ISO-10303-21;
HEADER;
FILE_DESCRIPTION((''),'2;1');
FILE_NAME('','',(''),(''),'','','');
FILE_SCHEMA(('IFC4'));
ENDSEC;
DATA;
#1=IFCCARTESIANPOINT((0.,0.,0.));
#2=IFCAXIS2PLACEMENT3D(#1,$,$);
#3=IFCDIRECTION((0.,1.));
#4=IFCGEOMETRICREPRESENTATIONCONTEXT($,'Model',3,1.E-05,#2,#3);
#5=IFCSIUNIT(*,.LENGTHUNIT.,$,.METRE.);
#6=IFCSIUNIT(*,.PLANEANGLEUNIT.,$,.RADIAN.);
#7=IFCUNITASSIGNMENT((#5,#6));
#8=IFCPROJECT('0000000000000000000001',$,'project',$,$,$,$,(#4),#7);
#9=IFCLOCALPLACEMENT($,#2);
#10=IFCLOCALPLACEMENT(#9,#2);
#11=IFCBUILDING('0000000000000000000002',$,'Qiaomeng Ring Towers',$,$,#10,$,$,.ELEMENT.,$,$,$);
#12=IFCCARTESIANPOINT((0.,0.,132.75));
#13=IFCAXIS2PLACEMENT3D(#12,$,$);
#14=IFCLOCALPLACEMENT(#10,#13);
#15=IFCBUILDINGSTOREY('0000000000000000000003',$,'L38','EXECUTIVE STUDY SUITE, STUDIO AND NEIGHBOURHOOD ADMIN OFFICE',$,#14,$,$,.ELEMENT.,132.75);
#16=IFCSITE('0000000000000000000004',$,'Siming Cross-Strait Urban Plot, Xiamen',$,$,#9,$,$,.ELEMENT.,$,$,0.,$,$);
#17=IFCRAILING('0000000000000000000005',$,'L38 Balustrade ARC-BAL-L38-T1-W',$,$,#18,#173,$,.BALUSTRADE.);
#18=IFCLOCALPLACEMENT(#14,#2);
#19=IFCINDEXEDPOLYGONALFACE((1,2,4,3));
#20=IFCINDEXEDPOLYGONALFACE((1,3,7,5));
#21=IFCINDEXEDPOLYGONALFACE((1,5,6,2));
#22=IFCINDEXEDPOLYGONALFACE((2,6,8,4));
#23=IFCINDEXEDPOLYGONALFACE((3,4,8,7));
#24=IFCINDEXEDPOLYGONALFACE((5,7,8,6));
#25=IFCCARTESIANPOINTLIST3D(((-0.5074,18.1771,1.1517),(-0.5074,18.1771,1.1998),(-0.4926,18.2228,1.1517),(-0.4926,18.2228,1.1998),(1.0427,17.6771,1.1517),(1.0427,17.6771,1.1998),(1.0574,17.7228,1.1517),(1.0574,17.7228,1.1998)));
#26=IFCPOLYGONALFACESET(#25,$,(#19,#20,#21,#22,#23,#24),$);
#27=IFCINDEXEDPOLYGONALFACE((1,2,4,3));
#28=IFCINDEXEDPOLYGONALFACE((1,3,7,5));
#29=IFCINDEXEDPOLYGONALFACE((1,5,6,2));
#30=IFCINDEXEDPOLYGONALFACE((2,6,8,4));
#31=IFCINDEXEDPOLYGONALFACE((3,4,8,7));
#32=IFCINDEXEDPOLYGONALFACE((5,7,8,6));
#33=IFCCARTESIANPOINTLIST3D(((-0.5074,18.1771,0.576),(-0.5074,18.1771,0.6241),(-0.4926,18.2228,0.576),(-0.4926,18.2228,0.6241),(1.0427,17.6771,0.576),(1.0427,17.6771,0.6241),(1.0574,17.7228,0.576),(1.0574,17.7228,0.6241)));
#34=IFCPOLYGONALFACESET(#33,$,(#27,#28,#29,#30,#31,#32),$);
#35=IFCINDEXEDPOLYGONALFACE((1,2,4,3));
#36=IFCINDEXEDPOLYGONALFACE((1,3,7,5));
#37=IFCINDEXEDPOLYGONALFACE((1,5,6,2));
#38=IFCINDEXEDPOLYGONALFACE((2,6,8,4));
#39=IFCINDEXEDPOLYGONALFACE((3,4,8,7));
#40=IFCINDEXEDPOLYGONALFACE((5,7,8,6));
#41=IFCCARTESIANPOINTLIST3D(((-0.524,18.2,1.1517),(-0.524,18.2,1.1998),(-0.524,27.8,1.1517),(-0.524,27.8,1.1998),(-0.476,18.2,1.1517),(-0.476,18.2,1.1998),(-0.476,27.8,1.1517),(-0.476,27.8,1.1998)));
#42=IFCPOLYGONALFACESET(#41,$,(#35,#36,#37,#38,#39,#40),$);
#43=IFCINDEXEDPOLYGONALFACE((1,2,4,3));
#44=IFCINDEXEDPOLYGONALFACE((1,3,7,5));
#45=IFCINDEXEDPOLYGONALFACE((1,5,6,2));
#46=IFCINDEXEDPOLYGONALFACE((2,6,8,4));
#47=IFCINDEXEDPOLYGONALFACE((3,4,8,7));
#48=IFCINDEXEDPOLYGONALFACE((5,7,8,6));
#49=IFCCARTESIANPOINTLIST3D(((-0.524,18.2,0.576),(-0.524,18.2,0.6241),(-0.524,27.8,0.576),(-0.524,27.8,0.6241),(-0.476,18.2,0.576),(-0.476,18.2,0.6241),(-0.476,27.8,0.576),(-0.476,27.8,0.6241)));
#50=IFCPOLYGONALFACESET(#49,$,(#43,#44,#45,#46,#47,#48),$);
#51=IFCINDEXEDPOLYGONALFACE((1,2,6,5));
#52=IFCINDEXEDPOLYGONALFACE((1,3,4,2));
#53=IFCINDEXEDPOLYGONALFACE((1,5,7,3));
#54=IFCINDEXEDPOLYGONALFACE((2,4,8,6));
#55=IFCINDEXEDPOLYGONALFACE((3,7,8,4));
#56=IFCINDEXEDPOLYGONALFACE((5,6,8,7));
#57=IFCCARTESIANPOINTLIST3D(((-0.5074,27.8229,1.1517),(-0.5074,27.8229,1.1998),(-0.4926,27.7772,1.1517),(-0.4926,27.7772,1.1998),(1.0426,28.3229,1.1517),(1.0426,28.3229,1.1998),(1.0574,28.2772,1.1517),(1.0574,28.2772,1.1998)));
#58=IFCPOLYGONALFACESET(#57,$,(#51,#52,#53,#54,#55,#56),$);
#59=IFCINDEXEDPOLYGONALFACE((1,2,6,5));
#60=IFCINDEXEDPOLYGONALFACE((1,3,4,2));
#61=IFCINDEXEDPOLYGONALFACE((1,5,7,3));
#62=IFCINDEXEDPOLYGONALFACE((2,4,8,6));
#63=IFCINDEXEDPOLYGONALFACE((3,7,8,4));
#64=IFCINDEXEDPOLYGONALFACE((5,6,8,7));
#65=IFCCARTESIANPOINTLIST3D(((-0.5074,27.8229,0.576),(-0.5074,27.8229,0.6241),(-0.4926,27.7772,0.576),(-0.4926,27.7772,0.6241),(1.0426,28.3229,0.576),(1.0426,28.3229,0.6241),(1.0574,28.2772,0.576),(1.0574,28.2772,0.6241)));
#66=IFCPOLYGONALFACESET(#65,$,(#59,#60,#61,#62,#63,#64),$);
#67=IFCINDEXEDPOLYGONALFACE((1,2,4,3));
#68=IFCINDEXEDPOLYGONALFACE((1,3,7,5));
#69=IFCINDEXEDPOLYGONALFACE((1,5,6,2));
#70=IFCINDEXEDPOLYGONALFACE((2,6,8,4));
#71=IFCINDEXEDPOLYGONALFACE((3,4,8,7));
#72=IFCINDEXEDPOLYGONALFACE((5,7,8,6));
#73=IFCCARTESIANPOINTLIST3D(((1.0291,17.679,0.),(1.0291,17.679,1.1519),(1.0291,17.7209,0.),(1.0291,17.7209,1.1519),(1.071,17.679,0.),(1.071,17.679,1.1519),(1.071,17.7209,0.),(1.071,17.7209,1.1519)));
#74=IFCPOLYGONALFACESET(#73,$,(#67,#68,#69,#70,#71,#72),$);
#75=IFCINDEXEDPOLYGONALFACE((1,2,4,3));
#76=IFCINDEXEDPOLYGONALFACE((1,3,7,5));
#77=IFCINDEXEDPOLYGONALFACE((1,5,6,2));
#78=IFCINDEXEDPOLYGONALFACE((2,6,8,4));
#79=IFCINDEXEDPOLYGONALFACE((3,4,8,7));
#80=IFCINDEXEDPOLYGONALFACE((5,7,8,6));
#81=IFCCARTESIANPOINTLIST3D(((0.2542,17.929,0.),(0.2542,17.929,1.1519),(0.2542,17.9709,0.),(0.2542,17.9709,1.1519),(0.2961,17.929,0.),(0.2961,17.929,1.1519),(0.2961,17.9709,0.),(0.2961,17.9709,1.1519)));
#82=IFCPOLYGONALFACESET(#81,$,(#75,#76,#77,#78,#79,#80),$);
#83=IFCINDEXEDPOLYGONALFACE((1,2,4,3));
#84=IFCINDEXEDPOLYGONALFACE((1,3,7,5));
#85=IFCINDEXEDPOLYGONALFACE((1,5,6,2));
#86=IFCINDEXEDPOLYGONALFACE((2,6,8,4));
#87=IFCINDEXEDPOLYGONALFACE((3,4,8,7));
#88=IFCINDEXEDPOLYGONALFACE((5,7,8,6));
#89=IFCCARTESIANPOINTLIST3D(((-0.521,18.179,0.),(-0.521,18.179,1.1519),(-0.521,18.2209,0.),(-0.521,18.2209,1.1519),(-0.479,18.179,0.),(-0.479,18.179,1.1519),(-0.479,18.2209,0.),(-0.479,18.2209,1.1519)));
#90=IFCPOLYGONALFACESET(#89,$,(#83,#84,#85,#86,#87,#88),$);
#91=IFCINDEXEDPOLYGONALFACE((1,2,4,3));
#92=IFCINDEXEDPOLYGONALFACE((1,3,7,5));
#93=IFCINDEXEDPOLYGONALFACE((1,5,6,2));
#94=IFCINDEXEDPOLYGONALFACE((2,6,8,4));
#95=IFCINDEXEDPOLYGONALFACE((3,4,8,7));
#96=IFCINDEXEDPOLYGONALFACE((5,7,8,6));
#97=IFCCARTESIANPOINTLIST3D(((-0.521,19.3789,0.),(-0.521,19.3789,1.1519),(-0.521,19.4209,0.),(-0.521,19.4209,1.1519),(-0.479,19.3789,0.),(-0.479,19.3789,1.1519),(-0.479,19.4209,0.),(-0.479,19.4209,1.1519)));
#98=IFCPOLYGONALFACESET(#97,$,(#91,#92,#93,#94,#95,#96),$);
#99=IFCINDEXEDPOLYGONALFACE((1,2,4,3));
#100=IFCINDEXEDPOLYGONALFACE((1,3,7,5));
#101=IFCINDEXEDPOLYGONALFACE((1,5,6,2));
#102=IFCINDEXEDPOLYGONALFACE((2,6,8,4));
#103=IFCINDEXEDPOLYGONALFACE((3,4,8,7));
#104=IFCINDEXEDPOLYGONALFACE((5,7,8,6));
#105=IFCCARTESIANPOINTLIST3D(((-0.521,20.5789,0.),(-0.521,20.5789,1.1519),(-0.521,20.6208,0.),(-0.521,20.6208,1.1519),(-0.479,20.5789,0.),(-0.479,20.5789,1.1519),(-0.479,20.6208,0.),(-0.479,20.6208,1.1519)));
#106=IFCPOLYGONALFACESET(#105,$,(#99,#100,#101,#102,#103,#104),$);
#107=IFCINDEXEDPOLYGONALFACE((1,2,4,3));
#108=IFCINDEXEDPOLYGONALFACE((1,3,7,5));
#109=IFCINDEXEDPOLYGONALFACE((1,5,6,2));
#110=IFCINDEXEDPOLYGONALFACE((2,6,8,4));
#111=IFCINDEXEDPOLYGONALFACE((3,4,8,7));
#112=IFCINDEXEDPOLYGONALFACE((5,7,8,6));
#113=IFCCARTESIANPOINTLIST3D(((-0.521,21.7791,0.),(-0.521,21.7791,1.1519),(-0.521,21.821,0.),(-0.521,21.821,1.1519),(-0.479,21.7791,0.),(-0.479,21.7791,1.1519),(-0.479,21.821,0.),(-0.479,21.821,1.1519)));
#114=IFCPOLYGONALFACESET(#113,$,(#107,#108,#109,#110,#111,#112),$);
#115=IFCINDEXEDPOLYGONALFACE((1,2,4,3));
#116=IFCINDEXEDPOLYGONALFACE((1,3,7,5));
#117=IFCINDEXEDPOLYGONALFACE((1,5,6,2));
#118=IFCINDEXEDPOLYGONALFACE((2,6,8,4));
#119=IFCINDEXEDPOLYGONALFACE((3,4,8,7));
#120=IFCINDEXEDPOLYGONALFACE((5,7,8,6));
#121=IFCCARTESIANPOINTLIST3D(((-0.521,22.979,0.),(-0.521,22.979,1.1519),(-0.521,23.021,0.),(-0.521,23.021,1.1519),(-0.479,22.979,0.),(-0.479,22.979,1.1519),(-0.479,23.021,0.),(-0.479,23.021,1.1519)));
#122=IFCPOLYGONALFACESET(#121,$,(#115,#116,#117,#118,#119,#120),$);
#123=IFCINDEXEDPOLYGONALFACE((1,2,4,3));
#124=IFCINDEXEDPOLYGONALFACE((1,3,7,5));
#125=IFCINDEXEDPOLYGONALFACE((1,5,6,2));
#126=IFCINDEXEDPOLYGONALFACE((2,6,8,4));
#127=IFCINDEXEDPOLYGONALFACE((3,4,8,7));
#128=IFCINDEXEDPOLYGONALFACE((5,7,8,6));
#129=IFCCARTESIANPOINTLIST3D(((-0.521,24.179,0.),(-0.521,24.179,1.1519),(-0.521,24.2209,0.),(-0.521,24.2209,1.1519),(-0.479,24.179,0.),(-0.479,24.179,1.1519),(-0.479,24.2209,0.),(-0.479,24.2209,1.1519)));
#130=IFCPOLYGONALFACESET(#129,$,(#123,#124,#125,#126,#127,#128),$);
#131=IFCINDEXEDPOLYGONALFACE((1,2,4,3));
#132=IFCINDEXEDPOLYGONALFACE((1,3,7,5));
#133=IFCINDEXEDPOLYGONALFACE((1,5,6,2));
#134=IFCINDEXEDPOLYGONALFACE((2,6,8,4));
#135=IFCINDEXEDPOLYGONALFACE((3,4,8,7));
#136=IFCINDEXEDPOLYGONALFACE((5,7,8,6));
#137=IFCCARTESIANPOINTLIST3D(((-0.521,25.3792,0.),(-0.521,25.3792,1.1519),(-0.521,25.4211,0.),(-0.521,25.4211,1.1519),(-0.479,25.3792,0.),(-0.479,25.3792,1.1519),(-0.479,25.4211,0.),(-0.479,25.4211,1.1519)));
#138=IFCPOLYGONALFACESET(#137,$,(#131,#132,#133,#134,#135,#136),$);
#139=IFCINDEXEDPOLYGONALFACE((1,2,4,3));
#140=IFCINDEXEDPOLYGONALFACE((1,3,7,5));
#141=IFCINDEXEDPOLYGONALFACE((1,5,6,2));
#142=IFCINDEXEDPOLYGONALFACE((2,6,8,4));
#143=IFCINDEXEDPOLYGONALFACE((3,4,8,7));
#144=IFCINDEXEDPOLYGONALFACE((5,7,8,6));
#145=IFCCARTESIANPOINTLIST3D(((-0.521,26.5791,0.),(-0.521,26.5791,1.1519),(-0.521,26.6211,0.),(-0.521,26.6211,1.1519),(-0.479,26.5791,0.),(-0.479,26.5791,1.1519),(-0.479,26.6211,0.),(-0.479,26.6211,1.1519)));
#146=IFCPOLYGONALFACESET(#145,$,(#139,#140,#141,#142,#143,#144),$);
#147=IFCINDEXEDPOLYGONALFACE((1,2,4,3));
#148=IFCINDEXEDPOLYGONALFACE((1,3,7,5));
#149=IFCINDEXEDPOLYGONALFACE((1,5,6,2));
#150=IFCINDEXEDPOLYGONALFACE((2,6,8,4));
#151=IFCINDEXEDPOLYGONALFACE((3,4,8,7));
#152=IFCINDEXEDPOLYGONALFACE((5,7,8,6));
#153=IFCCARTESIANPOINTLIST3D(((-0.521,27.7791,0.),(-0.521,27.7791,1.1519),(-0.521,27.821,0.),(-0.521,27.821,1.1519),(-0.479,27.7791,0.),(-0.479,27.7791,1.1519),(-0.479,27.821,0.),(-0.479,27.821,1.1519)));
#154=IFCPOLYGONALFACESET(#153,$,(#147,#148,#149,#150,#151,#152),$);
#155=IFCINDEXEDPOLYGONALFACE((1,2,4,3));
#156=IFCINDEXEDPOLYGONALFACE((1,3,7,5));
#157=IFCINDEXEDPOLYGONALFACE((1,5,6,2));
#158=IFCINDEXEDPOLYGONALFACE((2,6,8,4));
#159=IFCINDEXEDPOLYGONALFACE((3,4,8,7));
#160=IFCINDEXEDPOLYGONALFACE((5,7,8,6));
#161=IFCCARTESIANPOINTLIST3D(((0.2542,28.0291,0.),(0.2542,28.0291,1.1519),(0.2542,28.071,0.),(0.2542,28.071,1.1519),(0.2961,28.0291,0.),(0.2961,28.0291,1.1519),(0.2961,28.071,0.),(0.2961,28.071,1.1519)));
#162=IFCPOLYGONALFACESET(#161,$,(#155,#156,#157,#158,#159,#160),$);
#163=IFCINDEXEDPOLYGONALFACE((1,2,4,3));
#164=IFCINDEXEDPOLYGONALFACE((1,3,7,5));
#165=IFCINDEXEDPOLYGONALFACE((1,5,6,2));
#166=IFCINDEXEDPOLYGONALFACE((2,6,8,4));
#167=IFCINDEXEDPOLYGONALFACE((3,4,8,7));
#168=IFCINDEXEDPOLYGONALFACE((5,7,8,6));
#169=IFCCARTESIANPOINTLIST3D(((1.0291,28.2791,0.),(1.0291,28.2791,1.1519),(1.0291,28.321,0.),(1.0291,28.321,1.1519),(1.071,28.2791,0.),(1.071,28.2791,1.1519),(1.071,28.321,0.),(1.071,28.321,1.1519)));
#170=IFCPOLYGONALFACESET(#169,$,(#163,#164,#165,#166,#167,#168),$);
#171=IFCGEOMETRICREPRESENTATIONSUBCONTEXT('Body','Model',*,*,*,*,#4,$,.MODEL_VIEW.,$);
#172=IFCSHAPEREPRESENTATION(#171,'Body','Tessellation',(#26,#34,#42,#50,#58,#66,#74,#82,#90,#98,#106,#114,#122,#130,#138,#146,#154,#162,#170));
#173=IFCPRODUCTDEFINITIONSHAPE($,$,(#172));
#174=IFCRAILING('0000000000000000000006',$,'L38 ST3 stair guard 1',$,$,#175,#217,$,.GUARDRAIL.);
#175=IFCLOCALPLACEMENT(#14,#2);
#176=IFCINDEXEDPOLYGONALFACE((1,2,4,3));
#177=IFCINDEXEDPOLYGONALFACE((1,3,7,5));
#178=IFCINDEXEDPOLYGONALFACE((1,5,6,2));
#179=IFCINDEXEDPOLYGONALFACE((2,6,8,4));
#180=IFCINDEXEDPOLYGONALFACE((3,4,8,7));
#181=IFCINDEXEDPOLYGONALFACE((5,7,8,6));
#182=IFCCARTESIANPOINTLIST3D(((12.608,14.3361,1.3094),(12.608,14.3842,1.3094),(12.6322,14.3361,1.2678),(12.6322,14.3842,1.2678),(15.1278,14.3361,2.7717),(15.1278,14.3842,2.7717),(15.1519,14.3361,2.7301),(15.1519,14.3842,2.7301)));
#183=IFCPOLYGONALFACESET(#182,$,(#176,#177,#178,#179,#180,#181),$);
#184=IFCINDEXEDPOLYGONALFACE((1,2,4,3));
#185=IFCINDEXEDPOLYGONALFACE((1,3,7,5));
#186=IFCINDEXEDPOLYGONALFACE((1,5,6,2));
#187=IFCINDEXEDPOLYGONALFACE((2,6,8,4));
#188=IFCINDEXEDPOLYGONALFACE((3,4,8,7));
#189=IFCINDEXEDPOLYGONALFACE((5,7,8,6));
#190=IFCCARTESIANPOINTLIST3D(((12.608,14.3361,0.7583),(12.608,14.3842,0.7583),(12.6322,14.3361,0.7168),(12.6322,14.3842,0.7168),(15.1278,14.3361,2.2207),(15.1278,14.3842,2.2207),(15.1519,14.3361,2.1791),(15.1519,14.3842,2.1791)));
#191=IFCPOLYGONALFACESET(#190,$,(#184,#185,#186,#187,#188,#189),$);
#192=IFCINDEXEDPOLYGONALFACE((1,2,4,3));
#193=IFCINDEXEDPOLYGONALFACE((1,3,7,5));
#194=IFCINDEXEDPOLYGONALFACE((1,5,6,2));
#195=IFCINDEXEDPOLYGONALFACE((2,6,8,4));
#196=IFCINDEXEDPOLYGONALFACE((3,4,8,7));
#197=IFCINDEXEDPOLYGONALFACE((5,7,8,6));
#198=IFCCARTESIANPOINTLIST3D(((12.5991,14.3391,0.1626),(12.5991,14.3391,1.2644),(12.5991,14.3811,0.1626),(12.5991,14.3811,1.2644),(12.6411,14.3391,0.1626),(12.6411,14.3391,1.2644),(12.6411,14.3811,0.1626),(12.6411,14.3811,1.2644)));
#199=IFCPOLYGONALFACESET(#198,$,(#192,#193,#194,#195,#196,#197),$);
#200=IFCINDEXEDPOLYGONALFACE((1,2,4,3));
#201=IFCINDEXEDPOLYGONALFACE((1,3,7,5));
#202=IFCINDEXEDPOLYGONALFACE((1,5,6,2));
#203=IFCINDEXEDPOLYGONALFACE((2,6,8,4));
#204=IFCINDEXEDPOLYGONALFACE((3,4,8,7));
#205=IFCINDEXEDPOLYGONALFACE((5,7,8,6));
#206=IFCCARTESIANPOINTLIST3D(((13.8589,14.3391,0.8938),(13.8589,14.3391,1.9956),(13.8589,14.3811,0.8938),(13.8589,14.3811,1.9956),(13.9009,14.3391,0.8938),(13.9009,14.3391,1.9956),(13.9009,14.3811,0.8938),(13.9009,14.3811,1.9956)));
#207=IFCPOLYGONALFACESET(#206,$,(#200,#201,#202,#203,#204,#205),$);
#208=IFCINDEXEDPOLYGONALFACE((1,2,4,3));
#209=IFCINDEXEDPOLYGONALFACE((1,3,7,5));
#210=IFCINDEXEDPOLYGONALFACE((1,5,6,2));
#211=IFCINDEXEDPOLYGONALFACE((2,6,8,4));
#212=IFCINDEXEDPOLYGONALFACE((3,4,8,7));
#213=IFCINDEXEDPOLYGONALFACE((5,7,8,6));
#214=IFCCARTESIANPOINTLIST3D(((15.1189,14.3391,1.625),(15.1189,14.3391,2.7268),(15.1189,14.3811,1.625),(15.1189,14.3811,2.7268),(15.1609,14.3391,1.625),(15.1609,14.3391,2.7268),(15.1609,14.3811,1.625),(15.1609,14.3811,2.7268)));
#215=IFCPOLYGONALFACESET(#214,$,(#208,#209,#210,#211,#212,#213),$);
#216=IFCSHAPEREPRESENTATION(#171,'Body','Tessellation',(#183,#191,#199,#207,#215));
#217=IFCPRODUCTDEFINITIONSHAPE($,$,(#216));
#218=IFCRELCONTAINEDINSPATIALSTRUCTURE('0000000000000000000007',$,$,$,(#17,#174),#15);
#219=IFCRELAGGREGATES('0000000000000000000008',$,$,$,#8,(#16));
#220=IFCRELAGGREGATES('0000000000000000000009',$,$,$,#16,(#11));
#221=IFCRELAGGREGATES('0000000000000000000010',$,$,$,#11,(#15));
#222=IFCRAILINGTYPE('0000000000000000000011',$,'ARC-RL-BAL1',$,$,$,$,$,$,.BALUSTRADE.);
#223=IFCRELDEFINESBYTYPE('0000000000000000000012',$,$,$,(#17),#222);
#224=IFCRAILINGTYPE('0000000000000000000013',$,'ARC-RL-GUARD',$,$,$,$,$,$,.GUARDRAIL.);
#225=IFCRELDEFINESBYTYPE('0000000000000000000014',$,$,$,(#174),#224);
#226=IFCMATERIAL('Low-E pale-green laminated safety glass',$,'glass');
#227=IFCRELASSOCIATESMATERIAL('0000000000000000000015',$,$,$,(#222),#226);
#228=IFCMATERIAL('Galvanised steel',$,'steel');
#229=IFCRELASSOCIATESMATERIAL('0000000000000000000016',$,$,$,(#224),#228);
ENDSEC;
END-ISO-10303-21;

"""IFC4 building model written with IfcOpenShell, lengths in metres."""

from ifc_helpers import new_model, si_unit, direction, frame, origin, origin_2d, place, context, subcontext, project, spatial, rectangle, extrude, material, type_object, element, save


model = new_model("IFC4")

# Units and contexts
model_context = context("Model", 3, precision=1e-05, world=origin(), true_north=direction((0.0, 1.0)))
body_context = subcontext(model_context, "Body", "Model", "MODEL_VIEW")
ifc_project = project(units=[si_unit("LENGTHUNIT", "METRE"), si_unit("PLANEANGLEUNIT", "RADIAN")], contexts=[model_context])

# Site, building, storey
site_placement = place(None, origin())
site = spatial("IfcSite", under=ifc_project, at=site_placement, Name="Siming Cross-Strait Urban Plot, Xiamen", CompositionType="ELEMENT", RefElevation=0.0)
building_placement = place(site_placement, origin())
building = spatial("IfcBuilding", under=site, at=building_placement, Name="Qiaomeng Ring Towers", CompositionType="ELEMENT")
storey_placement = place(building_placement, frame((0.0, 0.0, 132.75)))
storey = spatial("IfcBuildingStorey", under=building, at=storey_placement, Name="L38", Description="EXECUTIVE STUDY SUITE, STUDIO AND NEIGHBOURHOOD ADMIN OFFICE", CompositionType="ELEMENT", Elevation=132.75)

# Shared definitions
ifc_material_1 = material(Name="Galvanised steel", Category="steel")

# Railings
ifc_material_2 = material(Name="Low-E pale-green laminated safety glass", Category="glass")
railing_type_1 = type_object("IfcRailingType", Name="ARC-RL-BAL1", PredefinedType="BALUSTRADE", material=ifc_material_2)
railing_1_placement = place(storey_placement, frame((1.05, 17.7, 0.0)))
element("IfcRailing", 1, at=railing_1_placement, inside=storey, type_object=railing_type_1, Name="L38 Balustrade ARC-BAL-L38-T1-W", PredefinedType="BALUSTRADE", context=body_context, shape_type="SweptSolid", body=[
    extrude(rectangle(XDim=0.0481, YDim=0.0481, at=origin_2d()), frame((0.0, 0.0, 1.1758), z_axis=(-0.951711, 0.306994, 0.0), x_axis=(-0.306994, -0.951711, 0.0)), (0.0, 0.0, 1.0), 1.6287),
    extrude(rectangle(XDim=0.0481, YDim=0.0481, at=origin_2d()), frame((0.0, 0.0, 0.6001), z_axis=(-0.951711, 0.306994, 0.0), x_axis=(-0.306994, -0.951711, 0.0)), (0.0, 0.0, 1.0), 1.6287),
    extrude(rectangle(XDim=0.0481, YDim=0.0481, at=origin_2d()), frame((-1.55, 0.5, 1.1758), z_axis=(0.0, 1.0, 0.0), x_axis=(-1.0, 0.0, 0.0)), (0.0, 0.0, 1.0), 9.6001),
    extrude(rectangle(XDim=0.0481, YDim=0.0481, at=origin_2d()), frame((-1.55, 0.5, 0.6001), z_axis=(0.0, 1.0, 0.0), x_axis=(-1.0, 0.0, 0.0)), (0.0, 0.0, 1.0), 9.6001),
    extrude(rectangle(XDim=0.0481, YDim=0.0481, at=origin_2d()), frame((-1.55, 10.1001, 1.1758), z_axis=(0.951711, 0.306994, 0.0), x_axis=(-0.306994, 0.951711, 0.0)), (0.0, 0.0, 1.0), 1.6287),
    extrude(rectangle(XDim=0.0481, YDim=0.0481, at=origin_2d()), frame((-1.55, 10.1001, 0.6001), z_axis=(0.951711, 0.306994, 0.0), x_axis=(-0.306994, 0.951711, 0.0)), (0.0, 0.0, 1.0), 1.6287),
    extrude(rectangle(XDim=0.042, YDim=0.042, at=origin_2d()), origin(), (0.0, 0.0, 1.0), 1.1519),
    extrude(rectangle(XDim=0.042, YDim=0.042, at=origin_2d()), frame((-0.7749, 0.25, 0.0)), (0.0, 0.0, 1.0), 1.1519),
    extrude(rectangle(XDim=0.042, YDim=0.042, at=origin_2d()), frame((-1.55, 0.5, 0.0)), (0.0, 0.0, 1.0), 1.1519),
    extrude(rectangle(XDim=0.042, YDim=0.042, at=origin_2d()), frame((-1.55, 1.7, 0.0)), (0.0, 0.0, 1.0), 1.1519),
    extrude(rectangle(XDim=0.042, YDim=0.042, at=origin_2d()), frame((-1.55, 2.8999, 0.0)), (0.0, 0.0, 1.0), 1.1519),
    extrude(rectangle(XDim=0.042, YDim=0.042, at=origin_2d()), frame((-1.55, 4.1001, 0.0)), (0.0, 0.0, 1.0), 1.1519),
    extrude(rectangle(XDim=0.042, YDim=0.042, at=origin_2d()), frame((-1.55, 5.3, 0.0)), (0.0, 0.0, 1.0), 1.1519),
    extrude(rectangle(XDim=0.042, YDim=0.042, at=origin_2d()), frame((-1.55, 6.5, 0.0)), (0.0, 0.0, 1.0), 1.1519),
    extrude(rectangle(XDim=0.042, YDim=0.042, at=origin_2d()), frame((-1.55, 7.7002, 0.0)), (0.0, 0.0, 1.0), 1.1519),
    extrude(rectangle(XDim=0.042, YDim=0.042, at=origin_2d()), frame((-1.55, 8.9001, 0.0)), (0.0, 0.0, 1.0), 1.1519),
    extrude(rectangle(XDim=0.042, YDim=0.042, at=origin_2d()), frame((-1.55, 10.1001, 0.0)), (0.0, 0.0, 1.0), 1.1519),
    extrude(rectangle(XDim=0.042, YDim=0.042, at=origin_2d()), frame((-0.7749, 10.3501, 0.0)), (0.0, 0.0, 1.0), 1.1519),
    extrude(rectangle(XDim=0.042, YDim=0.042, at=origin_2d()), frame((0.0, 10.6001, 0.0)), (0.0, 0.0, 1.0), 1.1519),
])
railing_type_2 = type_object("IfcRailingType", Name="ARC-RL-GUARD", PredefinedType="GUARDRAIL", material=ifc_material_1)
railing_2_placement = place(storey_placement, frame((12.6201, 14.3601, 0.1626)))
element("IfcRailing", 2, at=railing_2_placement, inside=storey, type_object=railing_type_2, Name="L38 ST3 stair guard 1", PredefinedType="GUARDRAIL", context=body_context, shape_type="SweptSolid", body=[
    extrude(rectangle(XDim=0.0481, YDim=0.0481, at=origin_2d()), frame((0.0, 0.0, 1.126), z_axis=(0.864892, 0.0, 0.501958), x_axis=(0.0, 1.0, 0.0)), (0.0, 0.0, 1.0), 2.9133),
    extrude(rectangle(XDim=0.0481, YDim=0.0481, at=origin_2d()), frame((0.0, 0.0, 0.575), z_axis=(0.864892, 0.0, 0.501958), x_axis=(0.0, 1.0, 0.0)), (0.0, 0.0, 1.0), 2.9133),
    extrude(rectangle(XDim=0.042, YDim=0.042, at=origin_2d()), origin(), (0.0, 0.0, 1.0), 1.1018),
    extrude(rectangle(XDim=0.042, YDim=0.042, at=origin_2d()), frame((1.2598, 0.0, 0.7312)), (0.0, 0.0, 1.0), 1.1018),
    extrude(rectangle(XDim=0.042, YDim=0.042, at=origin_2d()), frame((2.5198, 0.0, 1.4624)), (0.0, 0.0, 1.0), 1.1018),
])

save(model, "model.ifc")
